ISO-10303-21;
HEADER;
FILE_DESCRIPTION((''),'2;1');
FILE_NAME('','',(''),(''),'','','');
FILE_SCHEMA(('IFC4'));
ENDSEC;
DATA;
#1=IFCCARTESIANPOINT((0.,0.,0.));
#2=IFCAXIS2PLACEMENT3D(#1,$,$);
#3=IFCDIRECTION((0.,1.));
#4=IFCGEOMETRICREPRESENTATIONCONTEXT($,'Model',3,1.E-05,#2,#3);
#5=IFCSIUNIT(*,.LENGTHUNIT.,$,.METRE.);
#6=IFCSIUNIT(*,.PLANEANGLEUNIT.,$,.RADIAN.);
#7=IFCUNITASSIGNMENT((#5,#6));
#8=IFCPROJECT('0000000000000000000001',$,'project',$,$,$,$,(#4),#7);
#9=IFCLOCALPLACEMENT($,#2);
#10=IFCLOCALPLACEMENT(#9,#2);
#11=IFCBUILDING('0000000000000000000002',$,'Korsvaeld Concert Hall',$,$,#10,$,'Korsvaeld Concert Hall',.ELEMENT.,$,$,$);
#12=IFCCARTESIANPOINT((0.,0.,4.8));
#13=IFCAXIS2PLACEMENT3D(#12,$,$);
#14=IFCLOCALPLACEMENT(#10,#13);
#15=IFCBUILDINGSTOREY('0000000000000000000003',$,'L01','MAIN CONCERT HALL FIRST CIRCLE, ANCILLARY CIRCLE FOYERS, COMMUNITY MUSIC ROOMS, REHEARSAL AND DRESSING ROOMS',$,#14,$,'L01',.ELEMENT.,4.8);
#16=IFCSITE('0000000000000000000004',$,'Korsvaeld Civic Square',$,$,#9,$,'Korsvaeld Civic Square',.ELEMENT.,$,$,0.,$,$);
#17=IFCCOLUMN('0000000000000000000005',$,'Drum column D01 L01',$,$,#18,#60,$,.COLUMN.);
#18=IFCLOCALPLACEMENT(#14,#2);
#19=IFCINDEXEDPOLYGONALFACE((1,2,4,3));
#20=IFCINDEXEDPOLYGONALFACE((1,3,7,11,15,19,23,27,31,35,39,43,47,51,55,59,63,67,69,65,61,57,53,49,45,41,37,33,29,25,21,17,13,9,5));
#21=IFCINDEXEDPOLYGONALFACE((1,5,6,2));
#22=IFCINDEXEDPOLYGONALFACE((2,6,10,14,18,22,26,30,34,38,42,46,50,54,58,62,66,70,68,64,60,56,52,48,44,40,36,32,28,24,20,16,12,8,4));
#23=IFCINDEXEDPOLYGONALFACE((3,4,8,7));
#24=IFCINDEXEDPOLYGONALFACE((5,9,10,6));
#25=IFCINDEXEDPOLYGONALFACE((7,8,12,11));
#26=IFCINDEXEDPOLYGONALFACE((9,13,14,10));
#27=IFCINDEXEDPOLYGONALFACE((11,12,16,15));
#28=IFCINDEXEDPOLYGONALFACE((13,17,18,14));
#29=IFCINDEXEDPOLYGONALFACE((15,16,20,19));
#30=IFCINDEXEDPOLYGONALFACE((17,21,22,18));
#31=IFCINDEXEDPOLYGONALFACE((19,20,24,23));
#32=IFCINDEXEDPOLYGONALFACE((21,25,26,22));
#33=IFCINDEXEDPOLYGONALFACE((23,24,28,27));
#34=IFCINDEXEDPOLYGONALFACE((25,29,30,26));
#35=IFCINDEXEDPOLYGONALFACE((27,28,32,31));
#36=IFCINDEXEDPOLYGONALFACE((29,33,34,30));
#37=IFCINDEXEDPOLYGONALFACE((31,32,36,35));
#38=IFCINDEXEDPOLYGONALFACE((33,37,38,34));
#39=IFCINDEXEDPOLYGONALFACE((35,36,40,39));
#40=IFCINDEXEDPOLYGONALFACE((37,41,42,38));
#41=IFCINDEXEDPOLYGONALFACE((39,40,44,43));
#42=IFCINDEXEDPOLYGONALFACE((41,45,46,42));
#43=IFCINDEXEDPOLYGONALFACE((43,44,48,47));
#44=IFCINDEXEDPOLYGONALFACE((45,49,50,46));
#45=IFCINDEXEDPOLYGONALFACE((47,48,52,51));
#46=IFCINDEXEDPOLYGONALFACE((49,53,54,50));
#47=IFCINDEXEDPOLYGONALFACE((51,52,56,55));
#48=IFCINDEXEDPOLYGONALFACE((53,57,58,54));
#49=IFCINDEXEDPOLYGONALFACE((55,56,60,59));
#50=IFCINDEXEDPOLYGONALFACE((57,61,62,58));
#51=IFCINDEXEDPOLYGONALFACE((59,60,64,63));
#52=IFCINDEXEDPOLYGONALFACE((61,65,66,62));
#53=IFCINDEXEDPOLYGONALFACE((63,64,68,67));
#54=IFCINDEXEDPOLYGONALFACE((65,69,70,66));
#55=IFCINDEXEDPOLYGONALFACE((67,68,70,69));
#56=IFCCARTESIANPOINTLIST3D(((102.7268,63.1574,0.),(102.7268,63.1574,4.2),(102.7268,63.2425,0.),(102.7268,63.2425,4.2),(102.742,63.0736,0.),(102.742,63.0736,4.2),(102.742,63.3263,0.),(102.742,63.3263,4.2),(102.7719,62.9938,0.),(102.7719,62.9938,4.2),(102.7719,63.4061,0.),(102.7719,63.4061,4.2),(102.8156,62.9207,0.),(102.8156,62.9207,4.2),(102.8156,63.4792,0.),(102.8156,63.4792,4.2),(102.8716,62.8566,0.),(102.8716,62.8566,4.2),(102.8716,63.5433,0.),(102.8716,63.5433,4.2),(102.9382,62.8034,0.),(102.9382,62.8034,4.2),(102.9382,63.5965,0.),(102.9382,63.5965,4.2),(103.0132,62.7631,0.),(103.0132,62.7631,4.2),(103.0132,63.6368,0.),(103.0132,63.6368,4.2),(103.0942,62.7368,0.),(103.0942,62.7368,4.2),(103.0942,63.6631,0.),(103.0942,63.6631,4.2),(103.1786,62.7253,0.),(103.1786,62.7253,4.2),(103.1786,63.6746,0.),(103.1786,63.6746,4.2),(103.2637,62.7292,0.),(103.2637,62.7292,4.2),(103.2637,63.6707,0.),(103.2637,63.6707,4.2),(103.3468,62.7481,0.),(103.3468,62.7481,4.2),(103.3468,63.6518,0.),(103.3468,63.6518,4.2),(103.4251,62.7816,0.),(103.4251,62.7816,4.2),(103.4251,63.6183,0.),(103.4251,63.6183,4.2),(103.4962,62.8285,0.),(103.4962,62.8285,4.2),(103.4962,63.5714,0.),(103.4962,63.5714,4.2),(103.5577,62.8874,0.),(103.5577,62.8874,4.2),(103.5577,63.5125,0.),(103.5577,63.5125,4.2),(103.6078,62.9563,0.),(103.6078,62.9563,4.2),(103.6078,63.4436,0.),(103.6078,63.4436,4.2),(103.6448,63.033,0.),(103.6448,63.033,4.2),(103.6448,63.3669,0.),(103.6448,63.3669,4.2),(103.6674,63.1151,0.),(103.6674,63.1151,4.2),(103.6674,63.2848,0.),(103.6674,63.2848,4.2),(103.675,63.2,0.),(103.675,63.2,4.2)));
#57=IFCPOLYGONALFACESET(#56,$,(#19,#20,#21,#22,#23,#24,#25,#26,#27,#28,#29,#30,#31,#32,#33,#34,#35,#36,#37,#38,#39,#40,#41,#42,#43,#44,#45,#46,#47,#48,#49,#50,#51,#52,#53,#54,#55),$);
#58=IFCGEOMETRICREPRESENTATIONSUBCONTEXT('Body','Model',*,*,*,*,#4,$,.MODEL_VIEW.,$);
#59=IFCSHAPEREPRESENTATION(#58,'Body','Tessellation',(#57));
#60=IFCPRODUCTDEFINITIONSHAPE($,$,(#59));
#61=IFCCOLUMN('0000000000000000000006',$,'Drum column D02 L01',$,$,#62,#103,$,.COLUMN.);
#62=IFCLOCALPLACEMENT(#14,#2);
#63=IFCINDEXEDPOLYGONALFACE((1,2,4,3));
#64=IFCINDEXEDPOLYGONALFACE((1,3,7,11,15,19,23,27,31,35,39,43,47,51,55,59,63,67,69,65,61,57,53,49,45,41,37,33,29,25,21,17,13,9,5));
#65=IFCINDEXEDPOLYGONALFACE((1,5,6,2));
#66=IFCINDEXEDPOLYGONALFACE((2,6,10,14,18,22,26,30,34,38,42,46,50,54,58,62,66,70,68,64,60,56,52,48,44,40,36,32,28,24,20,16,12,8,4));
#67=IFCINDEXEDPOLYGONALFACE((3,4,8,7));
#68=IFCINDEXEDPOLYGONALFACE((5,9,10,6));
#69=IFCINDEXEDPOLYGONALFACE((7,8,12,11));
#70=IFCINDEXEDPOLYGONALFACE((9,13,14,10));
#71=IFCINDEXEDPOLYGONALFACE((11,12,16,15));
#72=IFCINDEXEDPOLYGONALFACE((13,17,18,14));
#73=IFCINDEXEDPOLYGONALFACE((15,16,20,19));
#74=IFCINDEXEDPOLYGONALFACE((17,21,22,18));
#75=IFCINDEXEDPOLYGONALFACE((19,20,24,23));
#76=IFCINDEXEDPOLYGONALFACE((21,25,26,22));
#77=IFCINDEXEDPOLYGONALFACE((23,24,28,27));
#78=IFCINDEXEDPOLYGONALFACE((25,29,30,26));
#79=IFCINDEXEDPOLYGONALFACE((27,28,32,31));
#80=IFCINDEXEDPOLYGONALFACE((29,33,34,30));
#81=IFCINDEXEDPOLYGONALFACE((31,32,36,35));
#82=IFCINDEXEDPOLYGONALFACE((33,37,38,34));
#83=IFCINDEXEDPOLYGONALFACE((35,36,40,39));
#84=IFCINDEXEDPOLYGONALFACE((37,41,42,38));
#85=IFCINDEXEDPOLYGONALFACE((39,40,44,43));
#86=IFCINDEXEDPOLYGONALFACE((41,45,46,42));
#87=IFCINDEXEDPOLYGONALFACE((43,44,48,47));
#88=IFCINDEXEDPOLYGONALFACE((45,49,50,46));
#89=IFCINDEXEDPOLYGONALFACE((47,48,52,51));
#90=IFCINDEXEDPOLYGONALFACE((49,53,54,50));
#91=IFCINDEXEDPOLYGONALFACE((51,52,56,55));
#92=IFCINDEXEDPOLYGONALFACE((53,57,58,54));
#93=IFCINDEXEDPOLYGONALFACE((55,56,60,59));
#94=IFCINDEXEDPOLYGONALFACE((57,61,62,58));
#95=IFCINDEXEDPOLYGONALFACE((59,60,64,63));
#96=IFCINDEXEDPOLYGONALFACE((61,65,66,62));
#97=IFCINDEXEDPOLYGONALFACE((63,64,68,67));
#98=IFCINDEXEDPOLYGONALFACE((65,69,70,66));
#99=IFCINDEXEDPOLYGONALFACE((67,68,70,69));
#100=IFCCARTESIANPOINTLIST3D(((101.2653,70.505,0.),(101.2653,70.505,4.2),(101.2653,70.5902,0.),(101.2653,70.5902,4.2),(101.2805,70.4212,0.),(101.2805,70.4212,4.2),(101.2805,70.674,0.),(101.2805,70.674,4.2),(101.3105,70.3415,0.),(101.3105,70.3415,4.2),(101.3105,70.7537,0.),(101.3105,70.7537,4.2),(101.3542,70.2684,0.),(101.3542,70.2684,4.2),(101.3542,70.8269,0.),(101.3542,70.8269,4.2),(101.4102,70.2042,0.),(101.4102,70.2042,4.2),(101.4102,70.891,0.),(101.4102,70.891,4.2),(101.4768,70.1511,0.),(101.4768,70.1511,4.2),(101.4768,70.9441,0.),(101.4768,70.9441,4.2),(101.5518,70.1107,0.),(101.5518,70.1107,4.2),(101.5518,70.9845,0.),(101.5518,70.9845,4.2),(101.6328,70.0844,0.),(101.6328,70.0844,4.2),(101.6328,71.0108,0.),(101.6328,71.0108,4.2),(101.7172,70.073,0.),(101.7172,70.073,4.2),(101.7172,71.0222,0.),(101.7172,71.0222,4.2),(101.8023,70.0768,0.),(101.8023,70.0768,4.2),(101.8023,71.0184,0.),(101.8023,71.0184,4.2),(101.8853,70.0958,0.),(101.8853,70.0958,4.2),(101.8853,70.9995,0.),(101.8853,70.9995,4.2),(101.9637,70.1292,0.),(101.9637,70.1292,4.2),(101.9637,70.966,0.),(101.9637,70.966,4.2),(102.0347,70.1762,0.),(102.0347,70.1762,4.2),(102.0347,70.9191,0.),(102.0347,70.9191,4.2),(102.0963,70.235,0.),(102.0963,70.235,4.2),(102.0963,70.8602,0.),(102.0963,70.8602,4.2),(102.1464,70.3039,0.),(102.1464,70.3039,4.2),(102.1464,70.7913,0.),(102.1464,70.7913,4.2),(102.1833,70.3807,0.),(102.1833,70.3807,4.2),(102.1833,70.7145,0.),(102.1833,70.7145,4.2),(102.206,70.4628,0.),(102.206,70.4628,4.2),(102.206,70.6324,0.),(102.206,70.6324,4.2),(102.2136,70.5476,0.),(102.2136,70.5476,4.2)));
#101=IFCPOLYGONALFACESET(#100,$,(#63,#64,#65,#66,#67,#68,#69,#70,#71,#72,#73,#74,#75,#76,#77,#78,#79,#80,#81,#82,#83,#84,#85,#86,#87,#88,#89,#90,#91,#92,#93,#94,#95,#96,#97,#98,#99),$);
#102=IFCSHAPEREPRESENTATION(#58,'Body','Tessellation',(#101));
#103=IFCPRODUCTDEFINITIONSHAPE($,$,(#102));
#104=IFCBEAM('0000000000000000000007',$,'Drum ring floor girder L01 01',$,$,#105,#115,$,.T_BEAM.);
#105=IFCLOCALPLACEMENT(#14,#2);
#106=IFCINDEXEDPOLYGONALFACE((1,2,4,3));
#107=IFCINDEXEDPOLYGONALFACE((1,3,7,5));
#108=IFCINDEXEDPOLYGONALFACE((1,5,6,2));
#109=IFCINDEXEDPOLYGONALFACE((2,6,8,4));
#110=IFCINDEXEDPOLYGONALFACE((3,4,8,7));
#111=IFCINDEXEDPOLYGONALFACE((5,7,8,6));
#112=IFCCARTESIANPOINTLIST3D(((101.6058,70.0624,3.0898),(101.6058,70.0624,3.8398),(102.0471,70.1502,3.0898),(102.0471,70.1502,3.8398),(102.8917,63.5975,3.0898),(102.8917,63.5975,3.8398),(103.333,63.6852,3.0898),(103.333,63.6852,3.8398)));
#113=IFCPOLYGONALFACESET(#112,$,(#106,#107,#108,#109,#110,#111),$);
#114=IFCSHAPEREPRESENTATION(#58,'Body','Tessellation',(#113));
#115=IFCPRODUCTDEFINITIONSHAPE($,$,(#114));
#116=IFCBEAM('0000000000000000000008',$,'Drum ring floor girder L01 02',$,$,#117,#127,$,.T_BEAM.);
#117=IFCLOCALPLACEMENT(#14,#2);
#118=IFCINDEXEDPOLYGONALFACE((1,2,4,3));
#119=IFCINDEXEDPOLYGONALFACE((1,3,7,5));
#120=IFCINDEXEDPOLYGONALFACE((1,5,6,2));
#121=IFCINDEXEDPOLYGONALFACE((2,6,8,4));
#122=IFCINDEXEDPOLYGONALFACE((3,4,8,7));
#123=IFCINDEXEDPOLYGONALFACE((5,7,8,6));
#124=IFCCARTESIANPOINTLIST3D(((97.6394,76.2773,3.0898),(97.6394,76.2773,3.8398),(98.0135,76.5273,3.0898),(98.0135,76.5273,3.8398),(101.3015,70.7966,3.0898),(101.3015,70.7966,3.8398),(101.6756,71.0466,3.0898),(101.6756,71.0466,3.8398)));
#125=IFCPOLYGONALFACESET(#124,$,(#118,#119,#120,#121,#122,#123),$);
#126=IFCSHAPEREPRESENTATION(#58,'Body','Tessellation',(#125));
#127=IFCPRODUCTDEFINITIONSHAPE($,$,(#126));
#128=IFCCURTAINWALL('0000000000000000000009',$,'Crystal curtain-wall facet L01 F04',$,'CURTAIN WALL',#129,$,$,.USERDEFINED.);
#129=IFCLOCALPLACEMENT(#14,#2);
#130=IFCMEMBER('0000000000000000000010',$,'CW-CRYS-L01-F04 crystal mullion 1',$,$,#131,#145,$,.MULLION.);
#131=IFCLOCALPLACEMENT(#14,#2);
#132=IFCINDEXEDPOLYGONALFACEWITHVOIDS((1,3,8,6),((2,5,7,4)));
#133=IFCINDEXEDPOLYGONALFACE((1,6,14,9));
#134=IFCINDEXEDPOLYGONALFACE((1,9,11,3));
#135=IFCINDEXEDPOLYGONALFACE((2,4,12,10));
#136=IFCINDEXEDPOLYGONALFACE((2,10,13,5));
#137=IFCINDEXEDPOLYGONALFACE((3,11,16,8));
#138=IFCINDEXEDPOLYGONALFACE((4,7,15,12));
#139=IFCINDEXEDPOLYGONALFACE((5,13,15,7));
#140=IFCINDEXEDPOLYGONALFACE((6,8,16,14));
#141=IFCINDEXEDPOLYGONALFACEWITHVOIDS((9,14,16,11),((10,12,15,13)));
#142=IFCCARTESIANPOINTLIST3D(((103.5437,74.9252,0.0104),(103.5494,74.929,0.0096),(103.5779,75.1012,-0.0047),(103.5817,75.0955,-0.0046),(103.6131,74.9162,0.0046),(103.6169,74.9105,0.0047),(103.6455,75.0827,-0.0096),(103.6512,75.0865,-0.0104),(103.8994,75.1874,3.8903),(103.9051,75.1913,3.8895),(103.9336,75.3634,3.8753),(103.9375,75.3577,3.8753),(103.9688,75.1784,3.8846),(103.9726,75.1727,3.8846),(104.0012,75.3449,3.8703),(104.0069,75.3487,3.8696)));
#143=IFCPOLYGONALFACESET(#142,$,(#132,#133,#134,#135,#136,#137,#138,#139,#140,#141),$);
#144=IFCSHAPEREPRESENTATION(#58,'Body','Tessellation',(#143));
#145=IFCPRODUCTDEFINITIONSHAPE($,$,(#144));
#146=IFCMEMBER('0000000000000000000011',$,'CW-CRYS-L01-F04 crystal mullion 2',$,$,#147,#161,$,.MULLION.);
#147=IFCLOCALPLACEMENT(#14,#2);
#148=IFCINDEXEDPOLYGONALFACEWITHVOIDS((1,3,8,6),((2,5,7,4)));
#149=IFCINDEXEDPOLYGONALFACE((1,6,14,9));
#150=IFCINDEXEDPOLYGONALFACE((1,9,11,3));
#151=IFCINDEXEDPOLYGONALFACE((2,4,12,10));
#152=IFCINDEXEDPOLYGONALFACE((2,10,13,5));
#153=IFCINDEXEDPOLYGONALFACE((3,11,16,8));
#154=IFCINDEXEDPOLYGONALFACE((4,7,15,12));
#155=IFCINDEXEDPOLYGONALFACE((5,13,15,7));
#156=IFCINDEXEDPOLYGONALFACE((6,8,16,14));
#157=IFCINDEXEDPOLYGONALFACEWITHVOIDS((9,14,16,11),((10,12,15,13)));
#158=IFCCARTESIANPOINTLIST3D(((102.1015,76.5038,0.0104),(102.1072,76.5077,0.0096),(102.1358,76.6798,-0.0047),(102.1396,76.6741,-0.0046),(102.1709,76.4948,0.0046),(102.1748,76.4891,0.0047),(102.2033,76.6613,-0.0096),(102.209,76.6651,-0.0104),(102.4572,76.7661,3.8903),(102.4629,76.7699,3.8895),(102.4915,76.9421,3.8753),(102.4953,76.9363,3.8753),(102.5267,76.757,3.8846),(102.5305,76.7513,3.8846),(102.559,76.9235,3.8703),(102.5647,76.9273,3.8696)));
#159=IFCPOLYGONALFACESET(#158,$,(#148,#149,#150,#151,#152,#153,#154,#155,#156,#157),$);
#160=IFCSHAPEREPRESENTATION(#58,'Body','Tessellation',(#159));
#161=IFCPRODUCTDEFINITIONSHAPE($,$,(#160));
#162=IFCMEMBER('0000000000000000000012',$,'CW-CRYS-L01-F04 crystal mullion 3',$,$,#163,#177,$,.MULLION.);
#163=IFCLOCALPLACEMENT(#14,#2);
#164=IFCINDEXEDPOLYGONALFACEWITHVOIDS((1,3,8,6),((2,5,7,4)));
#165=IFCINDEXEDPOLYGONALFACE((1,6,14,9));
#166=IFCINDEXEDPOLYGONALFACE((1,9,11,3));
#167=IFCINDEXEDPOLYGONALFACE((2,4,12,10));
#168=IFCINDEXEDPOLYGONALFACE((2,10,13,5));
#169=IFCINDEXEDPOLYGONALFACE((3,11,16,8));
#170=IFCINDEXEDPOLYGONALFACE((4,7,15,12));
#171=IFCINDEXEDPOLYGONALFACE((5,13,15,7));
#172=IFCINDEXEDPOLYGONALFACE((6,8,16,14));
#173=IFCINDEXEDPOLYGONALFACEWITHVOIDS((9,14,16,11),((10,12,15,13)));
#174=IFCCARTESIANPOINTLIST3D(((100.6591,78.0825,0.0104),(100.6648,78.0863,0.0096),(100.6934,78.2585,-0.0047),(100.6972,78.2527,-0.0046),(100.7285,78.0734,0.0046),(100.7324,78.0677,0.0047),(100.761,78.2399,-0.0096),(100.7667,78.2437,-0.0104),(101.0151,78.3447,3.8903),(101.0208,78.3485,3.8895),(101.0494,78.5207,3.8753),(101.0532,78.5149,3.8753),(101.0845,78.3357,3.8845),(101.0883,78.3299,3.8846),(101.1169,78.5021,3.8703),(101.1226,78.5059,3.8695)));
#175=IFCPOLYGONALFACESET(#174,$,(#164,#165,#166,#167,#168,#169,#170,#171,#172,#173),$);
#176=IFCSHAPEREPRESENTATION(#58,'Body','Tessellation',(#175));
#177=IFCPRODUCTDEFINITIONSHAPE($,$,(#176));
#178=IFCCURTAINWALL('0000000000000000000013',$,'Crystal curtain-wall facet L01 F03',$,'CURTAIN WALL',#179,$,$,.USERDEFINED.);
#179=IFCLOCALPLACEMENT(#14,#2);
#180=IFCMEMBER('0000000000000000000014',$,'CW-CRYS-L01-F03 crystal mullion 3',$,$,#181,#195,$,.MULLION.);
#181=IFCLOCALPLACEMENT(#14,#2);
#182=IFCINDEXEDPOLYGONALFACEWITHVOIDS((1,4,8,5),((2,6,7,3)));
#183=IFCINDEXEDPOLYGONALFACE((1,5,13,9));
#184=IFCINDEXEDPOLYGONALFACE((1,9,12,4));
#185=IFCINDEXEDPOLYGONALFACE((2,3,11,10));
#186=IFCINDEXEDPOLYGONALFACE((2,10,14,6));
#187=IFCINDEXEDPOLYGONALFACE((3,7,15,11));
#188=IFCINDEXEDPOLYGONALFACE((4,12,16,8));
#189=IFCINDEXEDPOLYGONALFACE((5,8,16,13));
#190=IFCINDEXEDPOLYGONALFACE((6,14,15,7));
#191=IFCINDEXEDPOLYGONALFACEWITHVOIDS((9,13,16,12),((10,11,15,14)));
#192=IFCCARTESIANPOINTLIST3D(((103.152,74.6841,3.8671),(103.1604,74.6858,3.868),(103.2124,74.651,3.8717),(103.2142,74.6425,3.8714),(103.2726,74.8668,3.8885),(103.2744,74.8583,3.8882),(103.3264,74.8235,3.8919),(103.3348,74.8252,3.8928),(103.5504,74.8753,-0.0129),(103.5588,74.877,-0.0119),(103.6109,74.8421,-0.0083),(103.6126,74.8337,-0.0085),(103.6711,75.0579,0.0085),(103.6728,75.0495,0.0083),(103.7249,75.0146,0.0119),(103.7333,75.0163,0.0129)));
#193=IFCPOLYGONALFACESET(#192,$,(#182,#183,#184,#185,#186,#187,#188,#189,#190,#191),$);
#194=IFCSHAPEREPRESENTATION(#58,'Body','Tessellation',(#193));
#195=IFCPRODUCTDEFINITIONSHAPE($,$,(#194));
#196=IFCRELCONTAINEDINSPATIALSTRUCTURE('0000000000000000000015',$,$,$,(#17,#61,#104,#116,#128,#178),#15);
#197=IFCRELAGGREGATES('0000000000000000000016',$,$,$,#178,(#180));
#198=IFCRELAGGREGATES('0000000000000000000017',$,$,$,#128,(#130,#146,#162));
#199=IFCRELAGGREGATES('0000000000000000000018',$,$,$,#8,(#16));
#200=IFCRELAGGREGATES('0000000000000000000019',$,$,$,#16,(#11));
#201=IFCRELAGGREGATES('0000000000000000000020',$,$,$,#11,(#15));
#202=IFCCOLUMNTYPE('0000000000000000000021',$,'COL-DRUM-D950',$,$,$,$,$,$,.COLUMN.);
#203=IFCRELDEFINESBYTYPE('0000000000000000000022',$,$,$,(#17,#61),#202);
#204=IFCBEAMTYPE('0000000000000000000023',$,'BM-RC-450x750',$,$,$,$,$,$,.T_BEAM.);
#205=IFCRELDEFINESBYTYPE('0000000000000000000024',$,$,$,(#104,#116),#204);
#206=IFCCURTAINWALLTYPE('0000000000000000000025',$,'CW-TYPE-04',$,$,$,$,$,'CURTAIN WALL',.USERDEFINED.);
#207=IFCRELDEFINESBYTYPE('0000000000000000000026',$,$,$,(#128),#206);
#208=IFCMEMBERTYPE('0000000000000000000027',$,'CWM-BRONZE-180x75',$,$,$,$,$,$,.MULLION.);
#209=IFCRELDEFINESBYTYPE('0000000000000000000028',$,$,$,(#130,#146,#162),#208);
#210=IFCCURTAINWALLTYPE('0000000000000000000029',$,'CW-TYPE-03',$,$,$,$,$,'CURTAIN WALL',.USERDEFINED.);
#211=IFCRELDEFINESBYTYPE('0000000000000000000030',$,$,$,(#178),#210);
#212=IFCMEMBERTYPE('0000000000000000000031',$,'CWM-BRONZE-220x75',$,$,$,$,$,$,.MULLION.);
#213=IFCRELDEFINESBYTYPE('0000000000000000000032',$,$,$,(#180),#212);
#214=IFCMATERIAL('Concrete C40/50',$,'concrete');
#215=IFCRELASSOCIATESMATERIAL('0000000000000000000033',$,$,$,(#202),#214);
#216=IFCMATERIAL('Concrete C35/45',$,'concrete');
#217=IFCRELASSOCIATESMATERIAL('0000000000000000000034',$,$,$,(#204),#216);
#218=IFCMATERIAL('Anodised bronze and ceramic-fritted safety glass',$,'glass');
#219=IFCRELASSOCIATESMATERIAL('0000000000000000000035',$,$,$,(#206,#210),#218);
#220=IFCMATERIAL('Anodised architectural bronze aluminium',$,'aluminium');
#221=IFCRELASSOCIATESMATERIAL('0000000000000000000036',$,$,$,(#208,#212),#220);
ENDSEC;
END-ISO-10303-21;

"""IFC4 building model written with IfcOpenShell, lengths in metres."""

from ifc_helpers import new_model, si_unit, direction, frame, origin, origin_2d, place, context, subcontext, project, spatial, rectangle, hollow_rectangle, circle, extrude, material, material_profile, profile_set, type_object, element, aggregate, save


model = new_model("IFC4")

# Units and contexts
model_context = context("Model", 3, precision=1e-05, world=origin(), true_north=direction((0.0, 1.0)))
body_context = subcontext(model_context, "Body", "Model", "MODEL_VIEW")
ifc_project = project(units=[si_unit("LENGTHUNIT", "METRE"), si_unit("PLANEANGLEUNIT", "RADIAN")], contexts=[model_context])

# Site, building, storey
site_placement = place(None, origin())
site = spatial("IfcSite", under=ifc_project, at=site_placement, Name="Korsvaeld Civic Square", LongName="Korsvaeld Civic Square", CompositionType="ELEMENT", RefElevation=0.0)
building_placement = place(site_placement, origin())
building = spatial("IfcBuilding", under=site, at=building_placement, Name="Korsvaeld Concert Hall", LongName="Korsvaeld Concert Hall", CompositionType="ELEMENT")
storey_placement = place(building_placement, frame((0.0, 0.0, 4.8)))
storey = spatial("IfcBuildingStorey", under=building, at=storey_placement, Name="L01", Description="MAIN CONCERT HALL FIRST CIRCLE, ANCILLARY CIRCLE FOYERS, COMMUNITY MUSIC ROOMS, REHEARSAL AND DRESSING ROOMS", LongName="L01", CompositionType="ELEMENT", Elevation=4.8)

# Columns
ifc_material_1 = material(Name="Concrete C40/50", Category="concrete")
ifc_material_profile_1 = material_profile(ifc_material_1, circle(Radius=0.4751, at=origin_2d()), Name="RC D950")
ifc_profile_set_1 = profile_set([ifc_material_profile_1], Name="Concrete C40/50")
column_type = type_object("IfcColumnType", Name="COL-DRUM-D950", PredefinedType="COLUMN", material=ifc_profile_set_1)
for number, where, z_axis, x_axis, name in (
    (1, (103.2, 63.2, 0.0), (0.0, 0.0, 1.0), (1.0, 0.0, 0.0), "Drum column D01 L01"),
    (2, (101.7385, 70.5476, 0.0), (0.0, 0.0, 1.0), (1.0, 0.0, 0.0), "Drum column D02 L01"),
):
    element("IfcColumn", number, at=place(storey_placement, frame(where, z_axis=z_axis, x_axis=x_axis)), inside=storey, type_object=column_type, Name=name, PredefinedType="COLUMN", context=body_context, shape_type="SweptSolid", body=[
        extrude(circle(Radius=0.4751, at=origin_2d()), origin(), (0.0, 0.0, 1.0), 4.2),
    ])

# Beams
ifc_material_2 = material(Name="Concrete C35/45", Category="concrete")
ifc_material_profile_2 = material_profile(ifc_material_2, rectangle(XDim=0.45, YDim=0.75, at=origin_2d()), Name="RC 450x750")
ifc_profile_set_2 = profile_set([ifc_material_profile_2], Name="Concrete C35/45")
beam_type = type_object("IfcBeamType", Name="BM-RC-450x750", PredefinedType="T_BEAM", material=ifc_profile_set_2)
for number, where, z_axis, x_axis, name in (
    (3, (103.1123, 63.6414, 3.4648), (-0.195083, 0.980787, 0.0), (-0.980787, -0.195083, 0.0), "Drum ring floor girder L01 01"),
    (4, (101.4885, 70.9216, 3.4648), (-0.555572, 0.831469, 0.0), (-0.831469, -0.555572, 0.0), "Drum ring floor girder L01 02"),
):
    element("IfcBeam", number, at=place(storey_placement, frame(where, z_axis=z_axis, x_axis=x_axis)), inside=storey, type_object=beam_type, Name=name, PredefinedType="T_BEAM", context=body_context, shape_type="SweptSolid", body=[
        extrude(rectangle(XDim=0.45, YDim=0.75, at=origin_2d()), origin(), (0.0, 0.0, 1.0), 6.5916),
    ])

# Curtain wall, members
ifc_material_3 = material(Name="Anodised bronze and ceramic-fritted safety glass", Category="glass")
curtain_wall_type_1 = type_object("IfcCurtainWallType", Name="CW-TYPE-04", ElementType="CURTAIN WALL", PredefinedType="USERDEFINED", material=ifc_material_3)
curtain_wall_1_placement = place(storey_placement, origin())
curtain_wall_1 = element("IfcCurtainWall", 5, at=curtain_wall_1_placement, inside=storey, type_object=curtain_wall_type_1, Name="Crystal curtain-wall facet L01 F04", ObjectType="CURTAIN WALL", PredefinedType="USERDEFINED")
ifc_material_4 = material(Name="Anodised architectural bronze aluminium", Category="aluminium")
ifc_material_profile_3 = material_profile(ifc_material_4, hollow_rectangle(XDim=0.075, YDim=0.1799, WallThickness=0.0049, at=origin_2d()), Name="CWM 180x75x5")
ifc_profile_set_3 = profile_set([ifc_material_profile_3], Name="Anodised architectural bronze aluminium")
member_type_1 = type_object("IfcMemberType", Name="CWM-BRONZE-180x75", PredefinedType="MULLION", material=ifc_profile_set_3)
member_1_placement = place(storey_placement, frame((103.5974, 75.0059, 0.0), z_axis=(0.091092, 0.067147, 0.993576), x_axis=(0.9775, -0.196641, -0.076329)))
member_1 = element("IfcMember", 6, at=member_1_placement, type_object=member_type_1, Name="CW-CRYS-L01-F04 crystal mullion 1", PredefinedType="MULLION", context=body_context, shape_type="SweptSolid", body=[
    extrude(hollow_rectangle(XDim=0.075, YDim=0.1799, WallThickness=0.0049, at=origin_2d()), origin(), (0.0, 0.0, 1.0), 3.905),
])
member_2_placement = place(storey_placement, frame((102.1553, 76.5845, 0.0), z_axis=(0.091092, 0.067147, 0.993576), x_axis=(0.9775, -0.196641, -0.076329)))
member_2 = element("IfcMember", 7, at=member_2_placement, type_object=member_type_1, Name="CW-CRYS-L01-F04 crystal mullion 2", PredefinedType="MULLION", context=body_context, shape_type="SweptSolid", body=[
    extrude(hollow_rectangle(XDim=0.075, YDim=0.1799, WallThickness=0.0049, at=origin_2d()), origin(), (0.0, 0.0, 1.0), 3.905),
])
member_3_placement = place(storey_placement, frame((100.7129, 78.1631, 0.0), z_axis=(0.091154, 0.067147, 0.99357), x_axis=(0.977432, -0.196963, -0.076363)))
member_3 = element("IfcMember", 8, at=member_3_placement, type_object=member_type_1, Name="CW-CRYS-L01-F04 crystal mullion 3", PredefinedType="MULLION", context=body_context, shape_type="SweptSolid", body=[
    extrude(hollow_rectangle(XDim=0.075, YDim=0.1799, WallThickness=0.0049, at=origin_2d()), origin(), (0.0, 0.0, 1.0), 3.905),
])

# Curtain wall, member
curtain_wall_type_2 = type_object("IfcCurtainWallType", Name="CW-TYPE-03", ElementType="CURTAIN WALL", PredefinedType="USERDEFINED", material=ifc_material_3)
curtain_wall_2_placement = place(storey_placement, origin())
curtain_wall_2 = element("IfcCurtainWall", 9, at=curtain_wall_2_placement, inside=storey, type_object=curtain_wall_type_2, Name="Crystal curtain-wall facet L01 F03", ObjectType="CURTAIN WALL", PredefinedType="USERDEFINED")
ifc_material_profile_4 = material_profile(ifc_material_4, hollow_rectangle(XDim=0.075, YDim=0.22, WallThickness=0.0061, at=origin_2d()), Name="CWM 220x75x6")
ifc_profile_set_4 = profile_set([ifc_material_profile_4], Name="Anodised architectural bronze aluminium")
member_type_2 = type_object("IfcMemberType", Name="CWM-BRONZE-220x75", PredefinedType="MULLION", material=ifc_profile_set_4)
member_4_placement = place(storey_placement, frame((103.6418, 74.9458, 0.0), z_axis=(-0.102033, -0.048954, 0.993576), x_axis=(-0.829811, 0.555036, -0.057869)))
member_4 = element("IfcMember", 10, at=member_4_placement, type_object=member_type_2, Name="CW-CRYS-L01-F03 crystal mullion 3", PredefinedType="MULLION", context=body_context, shape_type="SweptSolid", body=[
    extrude(hollow_rectangle(XDim=0.075, YDim=0.22, WallThickness=0.0061, at=origin_2d()), origin(), (0.0, 0.0, 1.0), 3.905),
])
aggregate(curtain_wall_2, [member_4])

aggregate(curtain_wall_1, [member_1, member_2, member_3])

save(model, "model.ifc")
